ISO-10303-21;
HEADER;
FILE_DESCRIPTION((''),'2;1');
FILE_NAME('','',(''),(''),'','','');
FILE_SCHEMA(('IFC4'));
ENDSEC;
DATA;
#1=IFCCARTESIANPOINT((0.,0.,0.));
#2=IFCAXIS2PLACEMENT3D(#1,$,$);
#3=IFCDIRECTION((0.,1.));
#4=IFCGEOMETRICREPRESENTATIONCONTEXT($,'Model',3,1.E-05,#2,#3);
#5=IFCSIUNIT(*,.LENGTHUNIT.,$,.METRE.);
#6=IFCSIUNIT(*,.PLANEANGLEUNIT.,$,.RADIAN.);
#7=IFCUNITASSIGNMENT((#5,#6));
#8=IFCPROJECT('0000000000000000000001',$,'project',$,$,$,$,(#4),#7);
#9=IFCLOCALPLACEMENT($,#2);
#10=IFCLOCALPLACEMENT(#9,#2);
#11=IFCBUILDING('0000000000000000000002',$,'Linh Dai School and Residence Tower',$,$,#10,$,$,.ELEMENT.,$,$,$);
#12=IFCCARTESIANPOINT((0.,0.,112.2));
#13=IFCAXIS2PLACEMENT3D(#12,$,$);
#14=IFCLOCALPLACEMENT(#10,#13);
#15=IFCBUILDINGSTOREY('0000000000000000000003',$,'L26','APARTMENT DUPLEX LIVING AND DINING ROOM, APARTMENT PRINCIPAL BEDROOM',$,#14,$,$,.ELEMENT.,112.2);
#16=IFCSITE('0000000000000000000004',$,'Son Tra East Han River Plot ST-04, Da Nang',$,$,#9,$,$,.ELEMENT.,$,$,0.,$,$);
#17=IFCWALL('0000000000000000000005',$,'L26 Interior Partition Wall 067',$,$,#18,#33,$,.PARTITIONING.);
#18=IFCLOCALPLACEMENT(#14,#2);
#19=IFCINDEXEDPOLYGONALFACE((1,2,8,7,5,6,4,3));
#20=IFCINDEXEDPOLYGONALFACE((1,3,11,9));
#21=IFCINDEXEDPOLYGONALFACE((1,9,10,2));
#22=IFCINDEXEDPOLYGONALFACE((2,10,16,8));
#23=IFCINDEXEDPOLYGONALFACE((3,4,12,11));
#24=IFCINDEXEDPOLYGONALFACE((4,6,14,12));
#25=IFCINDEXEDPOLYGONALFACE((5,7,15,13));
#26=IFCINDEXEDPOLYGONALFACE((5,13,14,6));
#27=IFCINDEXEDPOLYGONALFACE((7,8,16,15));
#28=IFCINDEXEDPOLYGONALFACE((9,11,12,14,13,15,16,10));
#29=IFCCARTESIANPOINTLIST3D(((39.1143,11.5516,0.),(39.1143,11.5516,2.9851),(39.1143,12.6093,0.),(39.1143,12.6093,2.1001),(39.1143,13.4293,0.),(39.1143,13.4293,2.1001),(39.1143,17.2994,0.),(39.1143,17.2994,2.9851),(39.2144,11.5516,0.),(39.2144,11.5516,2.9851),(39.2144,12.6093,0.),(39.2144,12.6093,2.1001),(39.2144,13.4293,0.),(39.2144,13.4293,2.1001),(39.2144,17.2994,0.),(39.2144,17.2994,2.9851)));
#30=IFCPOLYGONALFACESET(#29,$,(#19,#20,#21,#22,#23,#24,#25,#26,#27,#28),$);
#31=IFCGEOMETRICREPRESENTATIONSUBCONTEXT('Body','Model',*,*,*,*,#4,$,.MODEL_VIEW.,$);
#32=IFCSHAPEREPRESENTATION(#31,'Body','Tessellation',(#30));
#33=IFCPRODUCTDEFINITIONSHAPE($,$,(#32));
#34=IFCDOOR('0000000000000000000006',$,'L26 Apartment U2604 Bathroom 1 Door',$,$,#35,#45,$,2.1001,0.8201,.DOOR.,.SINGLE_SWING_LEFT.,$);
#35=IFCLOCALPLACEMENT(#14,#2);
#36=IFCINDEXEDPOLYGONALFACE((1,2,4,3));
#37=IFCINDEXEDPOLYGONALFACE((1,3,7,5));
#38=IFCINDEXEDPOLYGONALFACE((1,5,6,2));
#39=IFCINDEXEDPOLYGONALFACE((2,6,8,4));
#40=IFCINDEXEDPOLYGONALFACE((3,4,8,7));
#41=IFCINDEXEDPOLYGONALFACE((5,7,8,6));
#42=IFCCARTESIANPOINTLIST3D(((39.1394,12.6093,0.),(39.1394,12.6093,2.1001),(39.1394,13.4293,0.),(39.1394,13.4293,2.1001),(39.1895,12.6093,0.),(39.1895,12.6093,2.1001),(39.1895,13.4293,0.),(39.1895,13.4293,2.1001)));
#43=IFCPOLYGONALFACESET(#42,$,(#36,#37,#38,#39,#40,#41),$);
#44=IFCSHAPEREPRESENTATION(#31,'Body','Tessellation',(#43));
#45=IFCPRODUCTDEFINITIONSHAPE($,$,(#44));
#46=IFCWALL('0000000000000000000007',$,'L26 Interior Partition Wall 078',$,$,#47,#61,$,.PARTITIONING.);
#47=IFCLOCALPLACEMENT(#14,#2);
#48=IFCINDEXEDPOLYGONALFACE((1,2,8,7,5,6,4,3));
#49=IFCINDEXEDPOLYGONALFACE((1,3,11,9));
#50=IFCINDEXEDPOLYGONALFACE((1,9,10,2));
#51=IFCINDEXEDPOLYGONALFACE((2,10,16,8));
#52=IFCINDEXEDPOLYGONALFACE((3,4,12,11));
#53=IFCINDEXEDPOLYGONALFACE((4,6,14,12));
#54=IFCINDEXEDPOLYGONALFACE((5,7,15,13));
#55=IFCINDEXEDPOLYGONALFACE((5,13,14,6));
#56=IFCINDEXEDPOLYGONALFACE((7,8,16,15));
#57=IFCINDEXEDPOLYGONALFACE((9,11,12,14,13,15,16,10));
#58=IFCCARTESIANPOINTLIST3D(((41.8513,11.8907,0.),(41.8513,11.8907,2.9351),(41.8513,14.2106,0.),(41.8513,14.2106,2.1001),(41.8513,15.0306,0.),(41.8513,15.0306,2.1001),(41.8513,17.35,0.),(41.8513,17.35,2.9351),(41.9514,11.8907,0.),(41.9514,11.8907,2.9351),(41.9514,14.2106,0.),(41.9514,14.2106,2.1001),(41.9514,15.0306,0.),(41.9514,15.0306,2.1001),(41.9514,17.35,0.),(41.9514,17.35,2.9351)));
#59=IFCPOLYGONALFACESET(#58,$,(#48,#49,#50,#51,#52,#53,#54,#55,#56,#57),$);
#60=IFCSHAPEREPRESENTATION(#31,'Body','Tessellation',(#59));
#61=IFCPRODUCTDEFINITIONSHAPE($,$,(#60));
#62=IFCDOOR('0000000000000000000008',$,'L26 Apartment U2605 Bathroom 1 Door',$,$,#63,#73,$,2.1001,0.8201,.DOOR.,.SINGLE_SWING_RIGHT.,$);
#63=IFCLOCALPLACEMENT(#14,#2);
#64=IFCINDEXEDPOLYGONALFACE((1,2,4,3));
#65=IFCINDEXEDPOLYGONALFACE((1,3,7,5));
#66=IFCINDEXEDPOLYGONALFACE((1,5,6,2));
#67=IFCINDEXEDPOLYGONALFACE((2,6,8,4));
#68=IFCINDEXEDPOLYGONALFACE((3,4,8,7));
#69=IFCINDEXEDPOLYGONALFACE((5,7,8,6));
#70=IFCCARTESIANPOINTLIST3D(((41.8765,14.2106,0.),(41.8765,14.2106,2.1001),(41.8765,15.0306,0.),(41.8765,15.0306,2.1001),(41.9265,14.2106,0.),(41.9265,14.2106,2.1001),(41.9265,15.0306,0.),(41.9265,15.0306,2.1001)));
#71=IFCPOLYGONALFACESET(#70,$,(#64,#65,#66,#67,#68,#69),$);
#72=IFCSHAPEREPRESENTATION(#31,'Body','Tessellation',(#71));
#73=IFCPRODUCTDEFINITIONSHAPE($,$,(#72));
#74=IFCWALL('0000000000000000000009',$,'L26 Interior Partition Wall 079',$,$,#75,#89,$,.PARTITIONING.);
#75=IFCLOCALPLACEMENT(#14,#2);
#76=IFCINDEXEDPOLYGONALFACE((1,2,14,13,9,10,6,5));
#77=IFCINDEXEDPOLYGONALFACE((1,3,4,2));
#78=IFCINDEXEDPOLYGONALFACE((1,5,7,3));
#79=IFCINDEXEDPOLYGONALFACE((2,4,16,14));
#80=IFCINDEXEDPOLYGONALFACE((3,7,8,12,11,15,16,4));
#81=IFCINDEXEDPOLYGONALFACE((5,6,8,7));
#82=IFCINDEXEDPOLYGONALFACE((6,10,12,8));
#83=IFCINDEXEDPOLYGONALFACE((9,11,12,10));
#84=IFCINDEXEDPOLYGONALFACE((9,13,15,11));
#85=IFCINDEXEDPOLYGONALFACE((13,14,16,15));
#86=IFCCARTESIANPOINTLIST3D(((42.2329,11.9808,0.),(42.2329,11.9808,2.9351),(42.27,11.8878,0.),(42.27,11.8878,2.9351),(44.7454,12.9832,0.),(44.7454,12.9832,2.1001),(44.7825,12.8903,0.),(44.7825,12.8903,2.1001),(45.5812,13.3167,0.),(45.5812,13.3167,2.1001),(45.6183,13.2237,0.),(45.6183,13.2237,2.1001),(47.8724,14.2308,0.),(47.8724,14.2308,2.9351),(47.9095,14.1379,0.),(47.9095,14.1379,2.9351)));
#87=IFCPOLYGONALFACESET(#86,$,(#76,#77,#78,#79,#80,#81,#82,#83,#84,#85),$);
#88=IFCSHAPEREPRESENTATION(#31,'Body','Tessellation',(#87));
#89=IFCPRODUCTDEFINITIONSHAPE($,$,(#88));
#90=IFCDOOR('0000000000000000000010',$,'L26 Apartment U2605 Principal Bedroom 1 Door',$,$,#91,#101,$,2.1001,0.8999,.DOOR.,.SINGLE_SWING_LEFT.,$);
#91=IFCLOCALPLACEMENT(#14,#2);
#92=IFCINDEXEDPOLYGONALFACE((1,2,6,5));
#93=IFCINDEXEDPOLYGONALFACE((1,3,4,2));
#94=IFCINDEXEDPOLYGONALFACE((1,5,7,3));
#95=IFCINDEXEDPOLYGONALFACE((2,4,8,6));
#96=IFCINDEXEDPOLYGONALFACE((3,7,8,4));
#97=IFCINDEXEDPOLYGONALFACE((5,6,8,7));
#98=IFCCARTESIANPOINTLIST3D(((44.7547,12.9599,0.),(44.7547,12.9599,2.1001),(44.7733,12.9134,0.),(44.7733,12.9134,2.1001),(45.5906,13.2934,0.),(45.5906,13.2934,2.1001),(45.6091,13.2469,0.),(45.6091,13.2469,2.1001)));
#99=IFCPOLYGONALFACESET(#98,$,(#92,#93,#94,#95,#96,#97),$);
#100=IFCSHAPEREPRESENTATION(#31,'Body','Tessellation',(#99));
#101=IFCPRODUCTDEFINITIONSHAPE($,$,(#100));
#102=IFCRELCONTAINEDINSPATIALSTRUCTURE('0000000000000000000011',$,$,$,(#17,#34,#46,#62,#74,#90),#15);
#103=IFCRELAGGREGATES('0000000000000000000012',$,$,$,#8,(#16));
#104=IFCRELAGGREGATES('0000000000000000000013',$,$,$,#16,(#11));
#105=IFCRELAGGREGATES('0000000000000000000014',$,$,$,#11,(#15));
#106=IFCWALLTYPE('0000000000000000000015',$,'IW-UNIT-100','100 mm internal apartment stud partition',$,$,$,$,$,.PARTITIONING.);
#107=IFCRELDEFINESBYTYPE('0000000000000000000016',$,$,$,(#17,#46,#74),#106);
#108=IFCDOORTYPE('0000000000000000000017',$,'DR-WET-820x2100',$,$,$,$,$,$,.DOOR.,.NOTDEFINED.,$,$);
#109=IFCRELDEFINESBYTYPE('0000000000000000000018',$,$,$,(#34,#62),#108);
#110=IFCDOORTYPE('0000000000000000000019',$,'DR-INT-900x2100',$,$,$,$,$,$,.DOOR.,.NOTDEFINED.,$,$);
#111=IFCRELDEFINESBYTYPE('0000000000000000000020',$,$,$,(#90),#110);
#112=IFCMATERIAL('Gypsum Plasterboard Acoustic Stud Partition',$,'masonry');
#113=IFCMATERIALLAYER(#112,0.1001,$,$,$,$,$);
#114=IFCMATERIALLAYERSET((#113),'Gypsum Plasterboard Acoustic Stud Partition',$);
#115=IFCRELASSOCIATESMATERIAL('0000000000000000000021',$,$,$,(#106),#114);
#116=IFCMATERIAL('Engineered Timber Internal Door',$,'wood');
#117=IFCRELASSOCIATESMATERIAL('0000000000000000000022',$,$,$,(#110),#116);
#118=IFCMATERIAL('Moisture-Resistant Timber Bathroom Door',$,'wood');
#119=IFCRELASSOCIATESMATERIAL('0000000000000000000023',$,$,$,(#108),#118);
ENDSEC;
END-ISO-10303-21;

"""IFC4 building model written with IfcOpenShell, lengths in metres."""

from ifc_helpers import new_model, si_unit, direction, frame, frame_2d, origin, origin_2d, place, context, subcontext, project, spatial, rectangle, extrude, source, transform, mapped, material, layer, layer_set, type_object, element, fill, save


model = new_model("IFC4")

# Units and contexts
model_context = context("Model", 3, precision=1e-05, world=origin(), true_north=direction((0.0, 1.0)))
body_context = subcontext(model_context, "Body", "Model", "MODEL_VIEW")
ifc_project = project(units=[si_unit("LENGTHUNIT", "METRE"), si_unit("PLANEANGLEUNIT", "RADIAN")], contexts=[model_context])

# Site, building, storey
site_placement = place(None, origin())
site = spatial("IfcSite", under=ifc_project, at=site_placement, Name="Son Tra East Han River Plot ST-04, Da Nang", CompositionType="ELEMENT", RefElevation=0.0)
building_placement = place(site_placement, origin())
building = spatial("IfcBuilding", under=site, at=building_placement, Name="Linh Dai School and Residence Tower", CompositionType="ELEMENT")
storey_placement = place(building_placement, frame((0.0, 0.0, 112.2)))
storey = spatial("IfcBuildingStorey", under=building, at=storey_placement, Name="L26", Description="APARTMENT DUPLEX LIVING AND DINING ROOM, APARTMENT PRINCIPAL BEDROOM", CompositionType="ELEMENT", Elevation=112.2)

# Shared definitions
ifc_material_1 = material(Name="Gypsum Plasterboard Acoustic Stud Partition", Category="masonry")
ifc_layer_1 = layer(ifc_material_1, 0.1001)
ifc_layer_set_1 = layer_set([ifc_layer_1], Name="Gypsum Plasterboard Acoustic Stud Partition")
wall_type_1 = type_object("IfcWallType", Name="IW-UNIT-100", Description="100 mm internal apartment stud partition", PredefinedType="PARTITIONING", material=ifc_layer_set_1)

# Walls, openings, doors
ifc_material_2 = material(Name="Engineered Timber Internal Door", Category="wood")
door_type_1 = type_object("IfcDoorType", Name="DR-INT-900x2100", OperationType="NOTDEFINED", PredefinedType="DOOR", material=ifc_material_2)
shared_shape_1 = source(origin(), body_context, "Body", "SweptSolid", [
    extrude(rectangle(XDim=0.8999, YDim=2.1001, at=origin_2d()), frame((0.45, 0.0249, 1.05), z_axis=(0.0, -1.0, 0.0), x_axis=(1.0, 0.0, 0.0)), (0.0, 0.0, 1.0), 0.05),
])
wall_1_placement = place(storey_placement, frame((39.1643, 11.5515, 0.0), z_axis=(0.0, 0.0, 1.0), x_axis=(0.0, 1.0, 0.0)))
wall_1 = element("IfcWall", 1, at=wall_1_placement, inside=storey, type_object=wall_type_1, Name="L26 Interior Partition Wall 067", PredefinedType="PARTITIONING", context=body_context, shape_type="SweptSolid", body=[
    extrude(rectangle(XDim=5.7478, YDim=0.1001, at=frame_2d((2.874, 0.0))), origin(), (0.0, 0.0, 1.0), 2.9851),
])
opening_1_placement = place(wall_1_placement, frame((1.0576, 0.0, 0.0)))
opening_1 = element("IfcOpeningElement", 2, at=opening_1_placement, cuts=wall_1, PredefinedType="OPENING", context=body_context, shape_type="SweptSolid", body=[
    extrude(rectangle(XDim=0.8201, YDim=2.1001, at=origin_2d()), frame((0.4102, 0.0601, 1.05), z_axis=(0.0, -1.0, 0.0), x_axis=(1.0, 0.0, 0.0)), (0.0, 0.0, 1.0), 0.1201),
])
ifc_material_3 = material(Name="Moisture-Resistant Timber Bathroom Door", Category="wood")
door_type_2 = type_object("IfcDoorType", Name="DR-WET-820x2100", OperationType="NOTDEFINED", PredefinedType="DOOR", material=ifc_material_3)
shared_shape_2 = source(origin(), body_context, "Body", "SweptSolid", [
    extrude(rectangle(XDim=0.8201, YDim=2.1001, at=origin_2d()), frame((0.4102, 0.0249, 1.05), z_axis=(0.0, -1.0, 0.0), x_axis=(1.0, 0.0, 0.0)), (0.0, 0.0, 1.0), 0.05),
])
door_1_placement = place(opening_1_placement, origin())
door_1 = element("IfcDoor", 3, at=door_1_placement, inside=storey, type_object=door_type_2, Name="L26 Apartment U2604 Bathroom 1 Door", OperationType="SINGLE_SWING_LEFT", OverallHeight=2.1001, OverallWidth=0.8201, PredefinedType="DOOR", context=body_context, shape_type="MappedRepresentation", body=[
    mapped(shared_shape_2, transform((0.0, 0.0, 0.0), x_axis=(1.0, 0.0, 0.0), y_axis=(0.0, 1.0, 0.0), z_axis=(0.0, 0.0, 1.0), scale=1.0)),
])
fill(opening_1, door_1)
wall_2_placement = place(storey_placement, frame((41.9014, 11.8909, 0.0), z_axis=(0.0, 0.0, 1.0), x_axis=(0.0, 1.0, 0.0)))
wall_2 = element("IfcWall", 4, at=wall_2_placement, inside=storey, type_object=wall_type_1, Name="L26 Interior Partition Wall 078", PredefinedType="PARTITIONING", context=body_context, shape_type="SweptSolid", body=[
    extrude(rectangle(XDim=5.4592, YDim=0.1001, at=frame_2d((2.7295, 0.0))), origin(), (0.0, 0.0, 1.0), 2.9351),
])
opening_2_placement = place(wall_2_placement, frame((2.3196, 0.0, 0.0)))
opening_2 = element("IfcOpeningElement", 5, at=opening_2_placement, cuts=wall_2, PredefinedType="OPENING", context=body_context, shape_type="SweptSolid", body=[
    extrude(rectangle(XDim=0.8201, YDim=2.1001, at=origin_2d()), frame((0.4102, 0.0601, 1.05), z_axis=(0.0, -1.0, 0.0), x_axis=(1.0, 0.0, 0.0)), (0.0, 0.0, 1.0), 0.1201),
])
door_2_placement = place(opening_2_placement, origin())
door_2 = element("IfcDoor", 6, at=door_2_placement, inside=storey, type_object=door_type_2, Name="L26 Apartment U2605 Bathroom 1 Door", OperationType="SINGLE_SWING_RIGHT", OverallHeight=2.1001, OverallWidth=0.8201, PredefinedType="DOOR", context=body_context, shape_type="MappedRepresentation", body=[
    mapped(shared_shape_2, transform((0.0, 0.0, 0.0), x_axis=(1.0, 0.0, 0.0), y_axis=(0.0, 1.0, 0.0), z_axis=(0.0, 0.0, 1.0), scale=1.0)),
])
fill(opening_2, door_2)
wall_3_placement = place(storey_placement, frame((42.2515, 11.9343, 0.0), z_axis=(0.0, 0.0, 1.0), x_axis=(0.928804, 0.370572, 0.0)))
wall_3 = element("IfcWall", 7, at=wall_3_placement, inside=storey, type_object=wall_type_1, Name="L26 Interior Partition Wall 079", PredefinedType="PARTITIONING", context=body_context, shape_type="SweptSolid", body=[
    extrude(rectangle(XDim=6.0718, YDim=0.1001, at=frame_2d((3.0359, 0.0))), origin(), (0.0, 0.0, 1.0), 2.9351),
])
opening_3_placement = place(wall_3_placement, frame((2.7051, 0.0, 0.0)))
opening_3 = element("IfcOpeningElement", 8, at=opening_3_placement, cuts=wall_3, PredefinedType="OPENING", context=body_context, shape_type="SweptSolid", body=[
    extrude(rectangle(XDim=0.8999, YDim=2.1001, at=origin_2d()), frame((0.45, 0.0601, 1.05), z_axis=(0.0, -1.0, 0.0), x_axis=(1.0, 0.0, 0.0)), (0.0, 0.0, 1.0), 0.1201),
])
door_3_placement = place(opening_3_placement, origin())
door_3 = element("IfcDoor", 9, at=door_3_placement, inside=storey, type_object=door_type_1, Name="L26 Apartment U2605 Principal Bedroom 1 Door", OperationType="SINGLE_SWING_LEFT", OverallHeight=2.1001, OverallWidth=0.8999, PredefinedType="DOOR", context=body_context, shape_type="MappedRepresentation", body=[
    mapped(shared_shape_1, transform((0.0, 0.0, 0.0), x_axis=(1.0, 0.0, 0.0), y_axis=(0.0, 1.0, 0.0), z_axis=(0.0, 0.0, 1.0), scale=1.0)),
])
fill(opening_3, door_3)

save(model, "model.ifc")
